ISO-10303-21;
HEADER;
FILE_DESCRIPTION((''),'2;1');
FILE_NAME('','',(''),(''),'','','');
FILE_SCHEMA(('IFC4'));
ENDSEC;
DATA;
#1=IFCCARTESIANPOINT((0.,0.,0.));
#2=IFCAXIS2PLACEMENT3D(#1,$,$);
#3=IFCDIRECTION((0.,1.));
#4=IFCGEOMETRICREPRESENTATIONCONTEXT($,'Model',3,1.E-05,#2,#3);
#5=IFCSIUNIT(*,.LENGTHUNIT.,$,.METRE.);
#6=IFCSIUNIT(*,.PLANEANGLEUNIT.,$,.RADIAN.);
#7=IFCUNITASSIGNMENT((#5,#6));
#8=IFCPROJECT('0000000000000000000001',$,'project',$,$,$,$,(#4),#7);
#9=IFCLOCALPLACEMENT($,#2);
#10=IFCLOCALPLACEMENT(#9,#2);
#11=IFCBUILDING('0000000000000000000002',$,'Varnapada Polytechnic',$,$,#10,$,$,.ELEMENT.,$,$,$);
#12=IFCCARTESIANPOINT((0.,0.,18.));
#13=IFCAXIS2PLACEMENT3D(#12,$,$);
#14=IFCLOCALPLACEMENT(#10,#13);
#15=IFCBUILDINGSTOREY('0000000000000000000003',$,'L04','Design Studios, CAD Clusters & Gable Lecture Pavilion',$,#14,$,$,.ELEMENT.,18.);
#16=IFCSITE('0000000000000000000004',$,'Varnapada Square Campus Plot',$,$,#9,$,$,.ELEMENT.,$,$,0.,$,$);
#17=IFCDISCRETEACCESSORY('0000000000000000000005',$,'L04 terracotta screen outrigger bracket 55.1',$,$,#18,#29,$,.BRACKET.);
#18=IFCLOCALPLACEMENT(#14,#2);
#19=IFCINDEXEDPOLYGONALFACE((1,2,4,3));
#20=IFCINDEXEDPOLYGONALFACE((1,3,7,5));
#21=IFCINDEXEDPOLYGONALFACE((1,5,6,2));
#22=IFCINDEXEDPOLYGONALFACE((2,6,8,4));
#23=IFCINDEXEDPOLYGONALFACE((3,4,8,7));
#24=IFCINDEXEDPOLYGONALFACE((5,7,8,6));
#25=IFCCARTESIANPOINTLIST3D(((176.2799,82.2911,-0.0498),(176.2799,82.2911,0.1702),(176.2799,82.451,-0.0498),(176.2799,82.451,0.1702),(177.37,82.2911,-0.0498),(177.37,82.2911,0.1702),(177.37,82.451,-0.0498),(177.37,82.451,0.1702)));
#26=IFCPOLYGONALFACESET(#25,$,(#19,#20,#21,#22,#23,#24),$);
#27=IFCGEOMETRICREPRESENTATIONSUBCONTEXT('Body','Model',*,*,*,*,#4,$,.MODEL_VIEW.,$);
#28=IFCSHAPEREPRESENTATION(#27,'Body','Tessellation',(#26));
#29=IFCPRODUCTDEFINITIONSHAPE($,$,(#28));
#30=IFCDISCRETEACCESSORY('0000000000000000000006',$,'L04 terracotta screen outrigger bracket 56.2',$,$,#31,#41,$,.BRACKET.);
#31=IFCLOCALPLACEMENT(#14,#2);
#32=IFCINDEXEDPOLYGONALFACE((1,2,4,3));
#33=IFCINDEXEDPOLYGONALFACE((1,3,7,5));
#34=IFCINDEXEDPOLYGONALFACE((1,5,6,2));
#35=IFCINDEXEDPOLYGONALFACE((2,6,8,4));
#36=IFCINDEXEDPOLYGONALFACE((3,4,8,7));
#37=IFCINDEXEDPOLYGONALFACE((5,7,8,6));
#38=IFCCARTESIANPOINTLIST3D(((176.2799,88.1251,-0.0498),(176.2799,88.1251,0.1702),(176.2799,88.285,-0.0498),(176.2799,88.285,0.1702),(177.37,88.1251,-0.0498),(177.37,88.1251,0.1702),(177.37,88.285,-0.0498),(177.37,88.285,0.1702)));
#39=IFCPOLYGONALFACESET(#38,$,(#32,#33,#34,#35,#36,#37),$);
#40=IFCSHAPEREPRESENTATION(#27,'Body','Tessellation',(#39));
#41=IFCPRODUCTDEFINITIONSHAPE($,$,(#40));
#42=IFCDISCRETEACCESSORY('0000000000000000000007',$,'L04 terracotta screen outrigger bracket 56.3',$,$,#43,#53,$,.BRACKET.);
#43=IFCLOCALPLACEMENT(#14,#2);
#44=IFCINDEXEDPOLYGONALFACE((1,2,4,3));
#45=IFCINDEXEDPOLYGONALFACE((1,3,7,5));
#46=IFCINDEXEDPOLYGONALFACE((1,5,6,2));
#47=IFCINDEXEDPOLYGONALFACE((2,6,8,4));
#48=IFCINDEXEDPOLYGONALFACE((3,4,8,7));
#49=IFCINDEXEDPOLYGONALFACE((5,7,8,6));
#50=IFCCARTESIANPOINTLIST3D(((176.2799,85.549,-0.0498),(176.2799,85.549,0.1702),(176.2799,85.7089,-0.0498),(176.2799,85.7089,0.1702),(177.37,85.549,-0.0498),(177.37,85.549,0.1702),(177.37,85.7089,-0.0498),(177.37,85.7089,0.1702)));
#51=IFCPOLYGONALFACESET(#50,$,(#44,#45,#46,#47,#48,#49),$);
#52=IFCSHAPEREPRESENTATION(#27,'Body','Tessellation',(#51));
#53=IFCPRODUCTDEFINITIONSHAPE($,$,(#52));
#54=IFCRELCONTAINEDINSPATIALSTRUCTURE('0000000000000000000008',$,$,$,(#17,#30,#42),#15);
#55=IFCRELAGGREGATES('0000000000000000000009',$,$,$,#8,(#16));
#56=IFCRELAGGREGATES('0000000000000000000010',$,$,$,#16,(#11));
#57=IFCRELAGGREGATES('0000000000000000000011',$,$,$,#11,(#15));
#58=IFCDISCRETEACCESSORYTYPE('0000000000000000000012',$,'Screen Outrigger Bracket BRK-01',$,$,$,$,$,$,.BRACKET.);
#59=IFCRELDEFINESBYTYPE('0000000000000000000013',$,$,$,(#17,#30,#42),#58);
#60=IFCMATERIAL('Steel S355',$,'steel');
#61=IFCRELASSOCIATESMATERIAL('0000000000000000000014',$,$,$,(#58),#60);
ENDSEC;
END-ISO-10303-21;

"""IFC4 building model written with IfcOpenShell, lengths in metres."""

from ifc_helpers import new_model, si_unit, direction, frame, origin, origin_2d, place, context, subcontext, project, spatial, rectangle, extrude, material, type_object, element, save


model = new_model("IFC4")

# Units and contexts
model_context = context("Model", 3, precision=1e-05, world=origin(), true_north=direction((0.0, 1.0)))
body_context = subcontext(model_context, "Body", "Model", "MODEL_VIEW")
ifc_project = project(units=[si_unit("LENGTHUNIT", "METRE"), si_unit("PLANEANGLEUNIT", "RADIAN")], contexts=[model_context])

# Site, building, storey
site_placement = place(None, origin())
site = spatial("IfcSite", under=ifc_project, at=site_placement, Name="Varnapada Square Campus Plot", CompositionType="ELEMENT", RefElevation=0.0)
building_placement = place(site_placement, origin())
building = spatial("IfcBuilding", under=site, at=building_placement, Name="Varnapada Polytechnic", CompositionType="ELEMENT")
storey_placement = place(building_placement, frame((0.0, 0.0, 18.0)))
storey = spatial("IfcBuildingStorey", under=building, at=storey_placement, Name="L04", Description="Design Studios, CAD Clusters & Gable Lecture Pavilion", CompositionType="ELEMENT", Elevation=18.0)

# Discrete accessories
ifc_material_1 = material(Name="Steel S355", Category="steel")
discrete_accessory_type = type_object("IfcDiscreteAccessoryType", Name="Screen Outrigger Bracket BRK-01", PredefinedType="BRACKET", material=ifc_material_1)
for number, where, z_axis, x_axis, name in (
    (1, (176.825, 82.3711, -0.0498), (0.0, 0.0, 1.0), (0.0, -1.0, 0.0), "L04 terracotta screen outrigger bracket 55.1"),
    (2, (176.825, 88.2051, -0.0498), (0.0, 0.0, 1.0), (0.0, -1.0, 0.0), "L04 terracotta screen outrigger bracket 56.2"),
    (3, (176.825, 85.6289, -0.0498), (0.0, 0.0, 1.0), (0.0, -1.0, 0.0), "L04 terracotta screen outrigger bracket 56.3"),
):
    element("IfcDiscreteAccessory", number, at=place(storey_placement, frame(where, z_axis=z_axis, x_axis=x_axis)), inside=storey, type_object=discrete_accessory_type, Name=name, PredefinedType="BRACKET", context=body_context, shape_type="SweptSolid", body=[
        extrude(rectangle(XDim=0.1599, YDim=1.0901, at=origin_2d()), origin(), (0.0, 0.0, 1.0), 0.22),
    ])

save(model, "model.ifc")
